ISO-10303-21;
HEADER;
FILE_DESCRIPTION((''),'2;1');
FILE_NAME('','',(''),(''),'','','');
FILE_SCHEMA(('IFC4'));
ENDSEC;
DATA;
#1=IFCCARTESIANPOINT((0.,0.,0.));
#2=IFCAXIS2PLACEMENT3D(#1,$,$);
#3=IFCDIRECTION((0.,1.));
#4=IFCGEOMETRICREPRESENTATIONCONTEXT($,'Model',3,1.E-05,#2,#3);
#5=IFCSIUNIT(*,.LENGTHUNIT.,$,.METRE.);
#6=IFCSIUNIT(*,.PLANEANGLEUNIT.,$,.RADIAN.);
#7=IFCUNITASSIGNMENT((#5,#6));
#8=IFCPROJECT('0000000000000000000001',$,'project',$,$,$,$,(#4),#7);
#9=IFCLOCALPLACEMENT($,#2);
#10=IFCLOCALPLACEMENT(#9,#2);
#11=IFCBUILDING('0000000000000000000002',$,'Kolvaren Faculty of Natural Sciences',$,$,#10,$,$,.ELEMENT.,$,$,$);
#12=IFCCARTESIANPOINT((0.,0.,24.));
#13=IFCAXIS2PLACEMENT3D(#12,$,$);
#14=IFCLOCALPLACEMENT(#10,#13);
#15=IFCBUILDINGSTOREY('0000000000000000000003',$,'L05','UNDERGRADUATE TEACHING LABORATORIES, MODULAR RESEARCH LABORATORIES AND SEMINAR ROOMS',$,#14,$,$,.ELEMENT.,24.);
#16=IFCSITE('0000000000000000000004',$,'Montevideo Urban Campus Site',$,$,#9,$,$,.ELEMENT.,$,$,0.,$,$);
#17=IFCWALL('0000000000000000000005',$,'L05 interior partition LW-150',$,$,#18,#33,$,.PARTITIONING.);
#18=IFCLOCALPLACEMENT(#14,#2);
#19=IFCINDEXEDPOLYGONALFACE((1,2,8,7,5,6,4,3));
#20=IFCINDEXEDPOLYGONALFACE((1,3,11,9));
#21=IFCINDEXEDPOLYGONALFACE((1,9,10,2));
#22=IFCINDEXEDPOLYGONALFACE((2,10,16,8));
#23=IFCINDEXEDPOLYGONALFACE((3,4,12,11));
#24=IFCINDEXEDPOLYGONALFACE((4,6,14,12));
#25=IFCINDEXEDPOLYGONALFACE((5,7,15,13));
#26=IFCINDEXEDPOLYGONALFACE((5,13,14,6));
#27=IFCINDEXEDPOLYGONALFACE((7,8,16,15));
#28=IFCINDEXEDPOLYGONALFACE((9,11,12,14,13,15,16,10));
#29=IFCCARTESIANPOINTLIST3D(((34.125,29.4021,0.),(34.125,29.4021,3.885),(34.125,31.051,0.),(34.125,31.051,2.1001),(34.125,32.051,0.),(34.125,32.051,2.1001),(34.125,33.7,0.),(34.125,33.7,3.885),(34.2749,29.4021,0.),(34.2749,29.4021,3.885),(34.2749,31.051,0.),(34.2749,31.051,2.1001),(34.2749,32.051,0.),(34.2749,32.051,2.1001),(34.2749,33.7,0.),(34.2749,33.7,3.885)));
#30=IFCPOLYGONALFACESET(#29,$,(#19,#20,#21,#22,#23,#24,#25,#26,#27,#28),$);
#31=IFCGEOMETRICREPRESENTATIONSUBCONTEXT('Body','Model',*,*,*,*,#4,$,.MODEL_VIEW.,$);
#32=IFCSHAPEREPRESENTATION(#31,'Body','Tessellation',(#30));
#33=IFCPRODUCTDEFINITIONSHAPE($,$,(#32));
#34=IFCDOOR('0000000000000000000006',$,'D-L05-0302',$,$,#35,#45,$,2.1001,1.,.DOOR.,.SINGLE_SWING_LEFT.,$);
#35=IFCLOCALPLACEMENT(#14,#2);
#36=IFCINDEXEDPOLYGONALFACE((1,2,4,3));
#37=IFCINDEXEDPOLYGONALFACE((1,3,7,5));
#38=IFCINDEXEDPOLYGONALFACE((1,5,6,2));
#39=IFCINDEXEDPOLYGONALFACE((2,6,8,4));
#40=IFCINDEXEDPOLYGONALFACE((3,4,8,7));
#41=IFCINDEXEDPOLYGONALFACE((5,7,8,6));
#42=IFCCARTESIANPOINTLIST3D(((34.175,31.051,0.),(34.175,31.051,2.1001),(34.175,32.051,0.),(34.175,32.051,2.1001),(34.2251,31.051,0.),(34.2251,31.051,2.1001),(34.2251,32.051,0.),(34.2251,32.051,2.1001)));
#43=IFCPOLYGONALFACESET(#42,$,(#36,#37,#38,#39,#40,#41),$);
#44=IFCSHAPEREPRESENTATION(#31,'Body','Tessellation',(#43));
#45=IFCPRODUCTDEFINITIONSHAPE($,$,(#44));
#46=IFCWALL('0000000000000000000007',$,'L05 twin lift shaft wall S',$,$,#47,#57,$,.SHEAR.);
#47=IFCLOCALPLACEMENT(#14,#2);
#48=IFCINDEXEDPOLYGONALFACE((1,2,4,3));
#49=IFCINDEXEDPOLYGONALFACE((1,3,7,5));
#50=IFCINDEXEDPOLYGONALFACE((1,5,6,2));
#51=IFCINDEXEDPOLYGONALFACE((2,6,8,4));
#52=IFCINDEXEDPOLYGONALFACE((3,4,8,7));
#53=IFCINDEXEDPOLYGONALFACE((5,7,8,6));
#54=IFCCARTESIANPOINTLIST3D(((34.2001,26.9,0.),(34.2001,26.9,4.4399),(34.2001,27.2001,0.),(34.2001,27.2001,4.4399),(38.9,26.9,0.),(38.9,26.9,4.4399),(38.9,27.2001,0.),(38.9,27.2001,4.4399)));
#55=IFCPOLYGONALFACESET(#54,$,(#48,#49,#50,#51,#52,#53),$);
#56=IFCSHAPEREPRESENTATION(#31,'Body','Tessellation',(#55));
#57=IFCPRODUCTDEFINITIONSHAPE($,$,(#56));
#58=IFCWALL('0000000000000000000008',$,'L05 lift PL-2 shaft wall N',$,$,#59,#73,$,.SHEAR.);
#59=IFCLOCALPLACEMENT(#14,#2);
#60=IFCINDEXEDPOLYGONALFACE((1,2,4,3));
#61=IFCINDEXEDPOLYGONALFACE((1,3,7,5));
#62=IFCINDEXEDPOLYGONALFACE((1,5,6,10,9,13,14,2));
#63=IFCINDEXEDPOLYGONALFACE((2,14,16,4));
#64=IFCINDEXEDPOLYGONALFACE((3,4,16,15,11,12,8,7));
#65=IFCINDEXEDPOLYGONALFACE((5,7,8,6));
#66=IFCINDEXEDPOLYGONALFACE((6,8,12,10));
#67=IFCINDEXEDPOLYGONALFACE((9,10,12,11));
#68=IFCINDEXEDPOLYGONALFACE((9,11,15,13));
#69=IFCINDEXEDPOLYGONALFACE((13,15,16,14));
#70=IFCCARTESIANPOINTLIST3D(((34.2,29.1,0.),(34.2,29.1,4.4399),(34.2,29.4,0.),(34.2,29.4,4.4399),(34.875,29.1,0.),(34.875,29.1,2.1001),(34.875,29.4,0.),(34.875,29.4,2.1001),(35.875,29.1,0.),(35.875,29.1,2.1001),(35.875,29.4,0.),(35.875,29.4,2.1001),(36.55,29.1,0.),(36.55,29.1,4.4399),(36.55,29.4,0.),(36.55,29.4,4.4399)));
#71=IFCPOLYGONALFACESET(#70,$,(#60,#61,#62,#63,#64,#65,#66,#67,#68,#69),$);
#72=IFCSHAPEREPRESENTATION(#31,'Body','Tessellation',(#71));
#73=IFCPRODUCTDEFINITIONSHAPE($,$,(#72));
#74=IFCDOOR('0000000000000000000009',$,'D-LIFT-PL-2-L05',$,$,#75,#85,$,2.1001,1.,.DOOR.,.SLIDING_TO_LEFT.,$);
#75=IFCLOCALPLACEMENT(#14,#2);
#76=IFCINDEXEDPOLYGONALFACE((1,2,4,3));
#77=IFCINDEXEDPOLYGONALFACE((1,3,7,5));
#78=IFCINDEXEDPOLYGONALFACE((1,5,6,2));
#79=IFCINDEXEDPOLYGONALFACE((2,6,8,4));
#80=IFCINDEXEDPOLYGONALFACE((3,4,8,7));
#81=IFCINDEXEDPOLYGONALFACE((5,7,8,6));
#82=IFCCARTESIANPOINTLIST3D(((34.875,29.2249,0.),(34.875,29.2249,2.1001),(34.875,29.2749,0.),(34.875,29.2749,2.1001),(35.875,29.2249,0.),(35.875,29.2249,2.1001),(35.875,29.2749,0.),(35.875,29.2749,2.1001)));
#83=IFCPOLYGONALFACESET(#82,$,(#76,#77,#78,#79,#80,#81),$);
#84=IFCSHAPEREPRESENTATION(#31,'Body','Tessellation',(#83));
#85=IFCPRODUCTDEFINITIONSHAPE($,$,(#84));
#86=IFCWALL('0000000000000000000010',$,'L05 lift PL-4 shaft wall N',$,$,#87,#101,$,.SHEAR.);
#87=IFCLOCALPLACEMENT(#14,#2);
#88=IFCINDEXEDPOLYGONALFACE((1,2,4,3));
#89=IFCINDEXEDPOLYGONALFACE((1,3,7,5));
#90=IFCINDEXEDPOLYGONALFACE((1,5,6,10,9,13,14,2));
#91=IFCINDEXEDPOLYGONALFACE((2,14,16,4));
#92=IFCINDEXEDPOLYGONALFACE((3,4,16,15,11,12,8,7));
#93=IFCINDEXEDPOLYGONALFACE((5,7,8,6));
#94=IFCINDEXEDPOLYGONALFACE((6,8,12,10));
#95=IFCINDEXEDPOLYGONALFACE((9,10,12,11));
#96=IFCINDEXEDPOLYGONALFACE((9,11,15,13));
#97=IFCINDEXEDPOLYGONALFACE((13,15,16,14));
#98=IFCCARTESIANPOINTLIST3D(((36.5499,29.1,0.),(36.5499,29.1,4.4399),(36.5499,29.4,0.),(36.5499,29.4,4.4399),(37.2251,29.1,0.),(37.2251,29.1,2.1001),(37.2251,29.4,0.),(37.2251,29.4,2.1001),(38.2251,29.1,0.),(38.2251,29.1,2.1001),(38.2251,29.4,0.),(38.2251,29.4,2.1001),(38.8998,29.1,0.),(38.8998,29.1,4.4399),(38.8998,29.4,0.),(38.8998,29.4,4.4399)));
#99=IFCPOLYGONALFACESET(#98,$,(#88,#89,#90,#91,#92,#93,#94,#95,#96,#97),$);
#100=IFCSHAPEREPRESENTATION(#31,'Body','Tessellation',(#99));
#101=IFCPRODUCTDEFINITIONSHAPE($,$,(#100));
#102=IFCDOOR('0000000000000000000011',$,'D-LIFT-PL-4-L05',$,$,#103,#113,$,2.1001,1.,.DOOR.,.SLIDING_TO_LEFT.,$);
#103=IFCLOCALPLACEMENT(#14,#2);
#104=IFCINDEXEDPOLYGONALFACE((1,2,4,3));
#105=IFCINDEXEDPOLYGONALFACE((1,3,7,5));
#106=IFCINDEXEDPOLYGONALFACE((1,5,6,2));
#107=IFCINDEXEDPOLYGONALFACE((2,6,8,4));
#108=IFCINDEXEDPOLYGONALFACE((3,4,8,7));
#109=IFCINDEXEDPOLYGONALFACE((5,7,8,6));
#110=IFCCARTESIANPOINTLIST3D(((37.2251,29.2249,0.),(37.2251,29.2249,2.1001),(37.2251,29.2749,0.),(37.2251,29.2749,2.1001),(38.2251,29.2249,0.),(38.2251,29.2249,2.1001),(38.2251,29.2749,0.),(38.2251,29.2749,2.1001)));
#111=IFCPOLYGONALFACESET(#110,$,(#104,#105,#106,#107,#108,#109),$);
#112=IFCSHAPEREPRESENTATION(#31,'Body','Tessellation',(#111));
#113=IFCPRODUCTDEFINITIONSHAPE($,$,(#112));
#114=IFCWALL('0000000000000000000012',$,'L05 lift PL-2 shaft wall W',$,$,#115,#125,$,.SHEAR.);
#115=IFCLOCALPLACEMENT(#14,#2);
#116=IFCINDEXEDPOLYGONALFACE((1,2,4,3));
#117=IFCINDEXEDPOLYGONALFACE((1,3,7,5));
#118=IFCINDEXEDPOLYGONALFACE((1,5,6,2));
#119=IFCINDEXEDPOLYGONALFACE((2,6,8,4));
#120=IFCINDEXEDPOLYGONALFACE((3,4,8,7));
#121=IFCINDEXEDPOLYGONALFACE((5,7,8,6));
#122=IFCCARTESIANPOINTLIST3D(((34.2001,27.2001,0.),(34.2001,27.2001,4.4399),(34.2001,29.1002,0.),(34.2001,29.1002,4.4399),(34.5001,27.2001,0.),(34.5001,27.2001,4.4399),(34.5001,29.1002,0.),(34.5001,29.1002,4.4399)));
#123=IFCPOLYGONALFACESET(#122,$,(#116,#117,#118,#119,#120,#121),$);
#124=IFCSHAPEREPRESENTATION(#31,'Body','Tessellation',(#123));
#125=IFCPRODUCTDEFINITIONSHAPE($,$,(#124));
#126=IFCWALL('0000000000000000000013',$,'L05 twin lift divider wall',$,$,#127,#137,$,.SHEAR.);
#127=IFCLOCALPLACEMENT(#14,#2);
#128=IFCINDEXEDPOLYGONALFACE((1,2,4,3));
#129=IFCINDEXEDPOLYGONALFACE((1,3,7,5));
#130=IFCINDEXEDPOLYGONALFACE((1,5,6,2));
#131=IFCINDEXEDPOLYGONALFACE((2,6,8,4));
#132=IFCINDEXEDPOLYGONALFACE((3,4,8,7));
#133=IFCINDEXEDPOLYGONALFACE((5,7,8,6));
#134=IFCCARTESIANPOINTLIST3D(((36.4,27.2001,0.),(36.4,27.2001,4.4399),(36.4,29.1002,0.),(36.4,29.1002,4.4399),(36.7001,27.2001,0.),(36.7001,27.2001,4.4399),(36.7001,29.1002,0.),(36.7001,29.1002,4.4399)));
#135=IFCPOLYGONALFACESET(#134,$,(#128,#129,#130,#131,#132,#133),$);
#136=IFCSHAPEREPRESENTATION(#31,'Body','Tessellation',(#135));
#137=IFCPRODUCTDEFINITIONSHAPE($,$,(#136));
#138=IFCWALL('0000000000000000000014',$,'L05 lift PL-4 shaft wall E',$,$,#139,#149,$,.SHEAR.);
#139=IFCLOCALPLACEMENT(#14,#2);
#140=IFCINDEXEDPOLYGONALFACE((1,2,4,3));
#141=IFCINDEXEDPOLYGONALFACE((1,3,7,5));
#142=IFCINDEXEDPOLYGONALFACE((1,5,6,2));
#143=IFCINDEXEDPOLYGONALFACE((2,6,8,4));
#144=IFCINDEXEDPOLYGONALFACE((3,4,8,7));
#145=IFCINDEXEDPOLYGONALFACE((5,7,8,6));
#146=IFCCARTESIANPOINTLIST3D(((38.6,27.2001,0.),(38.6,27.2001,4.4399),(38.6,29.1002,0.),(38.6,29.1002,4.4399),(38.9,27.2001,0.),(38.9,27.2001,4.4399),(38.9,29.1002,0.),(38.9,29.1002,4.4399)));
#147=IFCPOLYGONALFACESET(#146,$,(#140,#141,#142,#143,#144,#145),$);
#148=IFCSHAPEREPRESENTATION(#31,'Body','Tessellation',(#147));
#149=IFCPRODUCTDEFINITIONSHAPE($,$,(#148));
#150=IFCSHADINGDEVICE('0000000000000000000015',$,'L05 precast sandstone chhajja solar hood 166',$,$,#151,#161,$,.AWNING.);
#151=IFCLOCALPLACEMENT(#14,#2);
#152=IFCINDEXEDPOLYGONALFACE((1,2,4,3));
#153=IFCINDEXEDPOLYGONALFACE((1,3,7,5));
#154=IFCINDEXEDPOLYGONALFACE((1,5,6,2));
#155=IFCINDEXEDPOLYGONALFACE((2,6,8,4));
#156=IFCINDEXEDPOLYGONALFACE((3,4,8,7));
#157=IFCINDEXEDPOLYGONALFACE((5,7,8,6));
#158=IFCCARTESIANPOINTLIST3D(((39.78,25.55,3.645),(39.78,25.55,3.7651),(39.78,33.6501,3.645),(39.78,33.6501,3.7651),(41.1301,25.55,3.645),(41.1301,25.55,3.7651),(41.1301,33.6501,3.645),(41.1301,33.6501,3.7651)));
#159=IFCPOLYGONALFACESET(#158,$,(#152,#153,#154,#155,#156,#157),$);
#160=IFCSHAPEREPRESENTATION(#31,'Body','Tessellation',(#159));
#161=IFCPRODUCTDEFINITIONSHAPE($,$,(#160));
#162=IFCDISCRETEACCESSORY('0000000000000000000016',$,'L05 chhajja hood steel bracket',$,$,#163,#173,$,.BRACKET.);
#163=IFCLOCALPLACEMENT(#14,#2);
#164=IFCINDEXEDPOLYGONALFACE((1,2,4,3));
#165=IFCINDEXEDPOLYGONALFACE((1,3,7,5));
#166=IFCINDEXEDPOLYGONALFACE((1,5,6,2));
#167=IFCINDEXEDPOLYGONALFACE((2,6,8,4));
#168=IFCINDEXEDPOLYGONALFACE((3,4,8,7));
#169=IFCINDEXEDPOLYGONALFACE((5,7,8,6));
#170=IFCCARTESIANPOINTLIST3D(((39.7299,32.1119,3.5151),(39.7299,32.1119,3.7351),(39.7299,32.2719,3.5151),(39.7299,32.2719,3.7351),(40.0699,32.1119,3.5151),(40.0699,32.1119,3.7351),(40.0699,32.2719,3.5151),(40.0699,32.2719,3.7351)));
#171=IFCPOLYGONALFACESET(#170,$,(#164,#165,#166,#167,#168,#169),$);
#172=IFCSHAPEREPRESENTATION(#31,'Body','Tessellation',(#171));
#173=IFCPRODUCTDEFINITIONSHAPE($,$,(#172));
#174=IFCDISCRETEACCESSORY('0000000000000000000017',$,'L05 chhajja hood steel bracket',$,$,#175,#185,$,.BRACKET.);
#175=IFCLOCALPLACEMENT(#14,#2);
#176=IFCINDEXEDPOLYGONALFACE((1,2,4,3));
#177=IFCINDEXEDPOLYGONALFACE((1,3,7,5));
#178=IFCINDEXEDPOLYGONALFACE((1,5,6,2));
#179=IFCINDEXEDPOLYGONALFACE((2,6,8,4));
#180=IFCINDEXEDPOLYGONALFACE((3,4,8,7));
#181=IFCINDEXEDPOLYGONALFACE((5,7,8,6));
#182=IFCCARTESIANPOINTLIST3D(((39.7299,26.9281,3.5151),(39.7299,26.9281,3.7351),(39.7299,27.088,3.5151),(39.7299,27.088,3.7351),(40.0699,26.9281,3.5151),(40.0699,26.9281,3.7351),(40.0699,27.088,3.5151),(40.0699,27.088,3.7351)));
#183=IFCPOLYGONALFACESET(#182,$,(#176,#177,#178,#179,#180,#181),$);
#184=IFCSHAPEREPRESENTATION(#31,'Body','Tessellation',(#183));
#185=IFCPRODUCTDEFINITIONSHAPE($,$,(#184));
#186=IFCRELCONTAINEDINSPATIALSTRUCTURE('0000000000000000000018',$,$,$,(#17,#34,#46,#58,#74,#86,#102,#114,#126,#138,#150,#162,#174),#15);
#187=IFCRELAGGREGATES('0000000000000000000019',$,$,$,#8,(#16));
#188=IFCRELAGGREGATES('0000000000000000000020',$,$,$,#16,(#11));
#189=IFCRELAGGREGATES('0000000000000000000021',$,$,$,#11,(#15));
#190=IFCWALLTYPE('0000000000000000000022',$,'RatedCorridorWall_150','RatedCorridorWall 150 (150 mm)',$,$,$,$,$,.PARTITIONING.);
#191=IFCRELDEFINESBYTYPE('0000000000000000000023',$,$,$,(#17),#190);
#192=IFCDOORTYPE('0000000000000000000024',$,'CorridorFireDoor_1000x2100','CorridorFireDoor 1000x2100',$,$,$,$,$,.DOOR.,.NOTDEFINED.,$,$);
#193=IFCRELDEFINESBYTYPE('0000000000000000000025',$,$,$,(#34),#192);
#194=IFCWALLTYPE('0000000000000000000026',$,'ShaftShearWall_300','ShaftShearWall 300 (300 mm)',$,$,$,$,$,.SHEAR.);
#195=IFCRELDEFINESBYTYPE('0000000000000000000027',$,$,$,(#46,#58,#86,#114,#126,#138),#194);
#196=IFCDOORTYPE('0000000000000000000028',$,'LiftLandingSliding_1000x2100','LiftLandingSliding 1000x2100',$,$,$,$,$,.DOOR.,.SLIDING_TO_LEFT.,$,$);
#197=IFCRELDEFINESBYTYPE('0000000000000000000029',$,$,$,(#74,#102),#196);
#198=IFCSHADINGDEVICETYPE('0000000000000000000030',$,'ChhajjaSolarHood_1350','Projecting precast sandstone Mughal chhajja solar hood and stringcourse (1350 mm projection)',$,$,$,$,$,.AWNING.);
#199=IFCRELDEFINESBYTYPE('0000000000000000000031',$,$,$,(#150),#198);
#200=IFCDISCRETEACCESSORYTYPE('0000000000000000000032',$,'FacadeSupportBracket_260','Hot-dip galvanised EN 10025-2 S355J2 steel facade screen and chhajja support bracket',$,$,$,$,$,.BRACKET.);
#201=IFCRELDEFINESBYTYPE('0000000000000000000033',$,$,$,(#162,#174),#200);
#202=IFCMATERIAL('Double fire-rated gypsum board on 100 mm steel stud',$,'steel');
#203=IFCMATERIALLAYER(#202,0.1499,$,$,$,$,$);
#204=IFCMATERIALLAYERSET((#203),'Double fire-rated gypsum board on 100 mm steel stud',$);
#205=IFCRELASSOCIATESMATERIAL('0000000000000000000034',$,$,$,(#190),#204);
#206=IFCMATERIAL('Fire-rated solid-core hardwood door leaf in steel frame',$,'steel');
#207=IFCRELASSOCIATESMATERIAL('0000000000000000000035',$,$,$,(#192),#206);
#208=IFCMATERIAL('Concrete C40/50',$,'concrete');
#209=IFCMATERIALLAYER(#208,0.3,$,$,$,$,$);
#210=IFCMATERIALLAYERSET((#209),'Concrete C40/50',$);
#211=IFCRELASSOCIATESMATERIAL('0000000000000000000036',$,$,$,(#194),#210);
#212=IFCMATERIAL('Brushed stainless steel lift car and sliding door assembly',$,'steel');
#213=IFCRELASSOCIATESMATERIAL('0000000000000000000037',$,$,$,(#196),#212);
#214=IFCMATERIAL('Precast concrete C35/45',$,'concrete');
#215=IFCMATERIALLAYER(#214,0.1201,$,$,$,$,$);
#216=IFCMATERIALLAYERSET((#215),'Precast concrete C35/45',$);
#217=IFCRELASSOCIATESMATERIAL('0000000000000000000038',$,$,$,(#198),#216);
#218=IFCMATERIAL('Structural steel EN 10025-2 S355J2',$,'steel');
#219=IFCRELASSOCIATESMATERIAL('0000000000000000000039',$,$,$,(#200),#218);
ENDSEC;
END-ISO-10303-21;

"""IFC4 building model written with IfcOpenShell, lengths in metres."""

from ifc_helpers import new_model, si_unit, direction, frame, frame_2d, origin, origin_2d, place, context, subcontext, project, spatial, rectangle, extrude, material, layer, layer_set, type_object, element, fill, save


model = new_model("IFC4")

# Units and contexts
model_context = context("Model", 3, precision=1e-05, world=origin(), true_north=direction((0.0, 1.0)))
body_context = subcontext(model_context, "Body", "Model", "MODEL_VIEW")
ifc_project = project(units=[si_unit("LENGTHUNIT", "METRE"), si_unit("PLANEANGLEUNIT", "RADIAN")], contexts=[model_context])

# Site, building, storey
site_placement = place(None, origin())
site = spatial("IfcSite", under=ifc_project, at=site_placement, Name="Montevideo Urban Campus Site", CompositionType="ELEMENT", RefElevation=0.0)
building_placement = place(site_placement, origin())
building = spatial("IfcBuilding", under=site, at=building_placement, Name="Kolvaren Faculty of Natural Sciences", CompositionType="ELEMENT")
storey_placement = place(building_placement, frame((0.0, 0.0, 24.0)))
storey = spatial("IfcBuildingStorey", under=building, at=storey_placement, Name="L05", Description="UNDERGRADUATE TEACHING LABORATORIES, MODULAR RESEARCH LABORATORIES AND SEMINAR ROOMS", CompositionType="ELEMENT", Elevation=24.0)

# Shared definitions
ifc_material_1 = material(Name="Concrete C40/50", Category="concrete")
ifc_material_2 = material(Name="Fire-rated solid-core hardwood door leaf in steel frame", Category="steel")

# Shared definitions
ifc_material_3 = material(Name="Precast concrete C35/45", Category="concrete")

# Shared definitions
ifc_material_4 = material(Name="Double fire-rated gypsum board on 100 mm steel stud", Category="steel")
ifc_layer_1 = layer(ifc_material_4, 0.1499)
ifc_layer_set_1 = layer_set([ifc_layer_1], Name="Double fire-rated gypsum board on 100 mm steel stud")
wall_type_1 = type_object("IfcWallType", Name="RatedCorridorWall_150", Description="RatedCorridorWall 150 (150 mm)", PredefinedType="PARTITIONING", material=ifc_layer_set_1)

# Wall, opening, door
wall_1_placement = place(storey_placement, frame((34.2, 29.4021, 0.0), z_axis=(0.0, 0.0, 1.0), x_axis=(0.0, 1.0, 0.0)))
wall_1 = element("IfcWall", 1, at=wall_1_placement, inside=storey, type_object=wall_type_1, Name="L05 interior partition LW-150", PredefinedType="PARTITIONING", context=body_context, shape_type="SweptSolid", body=[
    extrude(rectangle(XDim=4.2979, YDim=0.1499, at=frame_2d((2.1489, 0.0))), origin(), (0.0, 0.0, 1.0), 3.885),
])
opening_1_placement = place(wall_1_placement, frame((1.6489, 0.0, 0.0)))
opening_1 = element("IfcOpeningElement", 2, at=opening_1_placement, cuts=wall_1, PredefinedType="OPENING", context=body_context, shape_type="SweptSolid", body=[
    extrude(rectangle(XDim=1.0, YDim=2.1001, at=frame_2d((0.5, 1.05))), frame((0.0, 0.085, 0.0), z_axis=(0.0, -1.0, 0.0), x_axis=(1.0, 0.0, 0.0)), (0.0, 0.0, 1.0), 0.1699),
])
door_type_1 = type_object("IfcDoorType", Name="CorridorFireDoor_1000x2100", Description="CorridorFireDoor 1000x2100", OperationType="NOTDEFINED", PredefinedType="DOOR", material=ifc_material_2)
door_1_placement = place(opening_1_placement, origin())
door_1 = element("IfcDoor", 3, at=door_1_placement, inside=storey, type_object=door_type_1, Name="D-L05-0302", OperationType="SINGLE_SWING_LEFT", OverallHeight=2.1001, OverallWidth=1.0, PredefinedType="DOOR", context=body_context, shape_type="SweptSolid", body=[
    extrude(rectangle(XDim=1.0, YDim=2.1001, at=frame_2d((0.5, 1.05))), frame((0.0, 0.0249, 0.0), z_axis=(0.0, -1.0, 0.0), x_axis=(1.0, 0.0, 0.0)), (0.0, 0.0, 1.0), 0.05),
])
fill(opening_1, door_1)

# Wall
ifc_layer_2 = layer(ifc_material_1, 0.3)
ifc_layer_set_2 = layer_set([ifc_layer_2], Name="Concrete C40/50")
wall_type_2 = type_object("IfcWallType", Name="ShaftShearWall_300", Description="ShaftShearWall 300 (300 mm)", PredefinedType="SHEAR", material=ifc_layer_set_2)
wall_2_placement = place(storey_placement, frame((34.2, 27.05, 0.0), z_axis=(0.0, 0.0, 1.0), x_axis=(1.0, 0.0, 0.0)))
element("IfcWall", 4, at=wall_2_placement, inside=storey, type_object=wall_type_2, Name="L05 twin lift shaft wall S", PredefinedType="SHEAR", context=body_context, shape_type="SweptSolid", body=[
    extrude(rectangle(XDim=4.7, YDim=0.3, at=frame_2d((2.3501, 0.0))), origin(), (0.0, 0.0, 1.0), 4.4399),
])

# Walls, openings, doors
wall_3_placement = place(storey_placement, frame((34.2, 29.25, 0.0), z_axis=(0.0, 0.0, 1.0), x_axis=(1.0, 0.0, 0.0)))
wall_3 = element("IfcWall", 5, at=wall_3_placement, inside=storey, type_object=wall_type_2, Name="L05 lift PL-2 shaft wall N", PredefinedType="SHEAR", context=body_context, shape_type="SweptSolid", body=[
    extrude(rectangle(XDim=2.3501, YDim=0.3, at=frame_2d((1.175, 0.0))), origin(), (0.0, 0.0, 1.0), 4.4399),
])
opening_2_placement = place(wall_3_placement, frame((0.675, 0.0, 0.0)))
opening_2 = element("IfcOpeningElement", 6, at=opening_2_placement, cuts=wall_3, PredefinedType="OPENING", context=body_context, shape_type="SweptSolid", body=[
    extrude(rectangle(XDim=1.0, YDim=2.1001, at=frame_2d((0.5, 1.05))), frame((0.0, 0.1599, 0.0), z_axis=(0.0, -1.0, 0.0), x_axis=(1.0, 0.0, 0.0)), (0.0, 0.0, 1.0), 0.3201),
])
ifc_material_5 = material(Name="Brushed stainless steel lift car and sliding door assembly", Category="steel")
door_type_2 = type_object("IfcDoorType", Name="LiftLandingSliding_1000x2100", Description="LiftLandingSliding 1000x2100", OperationType="SLIDING_TO_LEFT", PredefinedType="DOOR", material=ifc_material_5)
door_2_placement = place(opening_2_placement, origin())
door_2 = element("IfcDoor", 7, at=door_2_placement, inside=storey, type_object=door_type_2, Name="D-LIFT-PL-2-L05", OperationType="SLIDING_TO_LEFT", OverallHeight=2.1001, OverallWidth=1.0, PredefinedType="DOOR", context=body_context, shape_type="SweptSolid", body=[
    extrude(rectangle(XDim=1.0, YDim=2.1001, at=frame_2d((0.5, 1.05))), frame((0.0, 0.0249, 0.0), z_axis=(0.0, -1.0, 0.0), x_axis=(1.0, 0.0, 0.0)), (0.0, 0.0, 1.0), 0.05),
])
fill(opening_2, door_2)
wall_4_placement = place(storey_placement, frame((36.55, 29.25, 0.0), z_axis=(0.0, 0.0, 1.0), x_axis=(1.0, 0.0, 0.0)))
wall_4 = element("IfcWall", 8, at=wall_4_placement, inside=storey, type_object=wall_type_2, Name="L05 lift PL-4 shaft wall N", PredefinedType="SHEAR", context=body_context, shape_type="SweptSolid", body=[
    extrude(rectangle(XDim=2.3499, YDim=0.3, at=frame_2d((1.1748, 0.0))), origin(), (0.0, 0.0, 1.0), 4.4399),
])
opening_3_placement = place(wall_4_placement, frame((0.675, 0.0, 0.0)))
opening_3 = element("IfcOpeningElement", 9, at=opening_3_placement, cuts=wall_4, PredefinedType="OPENING", context=body_context, shape_type="SweptSolid", body=[
    extrude(rectangle(XDim=1.0, YDim=2.1001, at=frame_2d((0.5, 1.05))), frame((0.0, 0.1599, 0.0), z_axis=(0.0, -1.0, 0.0), x_axis=(1.0, 0.0, 0.0)), (0.0, 0.0, 1.0), 0.3201),
])
door_3_placement = place(opening_3_placement, origin())
door_3 = element("IfcDoor", 10, at=door_3_placement, inside=storey, type_object=door_type_2, Name="D-LIFT-PL-4-L05", OperationType="SLIDING_TO_LEFT", OverallHeight=2.1001, OverallWidth=1.0, PredefinedType="DOOR", context=body_context, shape_type="SweptSolid", body=[
    extrude(rectangle(XDim=1.0, YDim=2.1001, at=frame_2d((0.5, 1.05))), frame((0.0, 0.0249, 0.0), z_axis=(0.0, -1.0, 0.0), x_axis=(1.0, 0.0, 0.0)), (0.0, 0.0, 1.0), 0.05),
])
fill(opening_3, door_3)

# Walls
for number, where, z_axis, x_axis, name in (
    (11, (34.3501, 27.2, 0.0), (0.0, 0.0, 1.0), (0.0, 1.0, 0.0), "L05 lift PL-2 shaft wall W"),
    (12, (36.55, 27.2, 0.0), (0.0, 0.0, 1.0), (0.0, 1.0, 0.0), "L05 twin lift divider wall"),
    (13, (38.75, 27.2, 0.0), (0.0, 0.0, 1.0), (0.0, 1.0, 0.0), "L05 lift PL-4 shaft wall E"),
):
    element("IfcWall", number, at=place(storey_placement, frame(where, z_axis=z_axis, x_axis=x_axis)), inside=storey, type_object=wall_type_2, Name=name, PredefinedType="SHEAR", context=body_context, shape_type="SweptSolid", body=[
        extrude(rectangle(XDim=1.9001, YDim=0.3, at=frame_2d((0.9502, 0.0))), origin(), (0.0, 0.0, 1.0), 4.4399),
    ])

# Shading device
ifc_layer_3 = layer(ifc_material_3, 0.1201)
ifc_layer_set_3 = layer_set([ifc_layer_3], Name="Precast concrete C35/45")
shading_device_type = type_object("IfcShadingDeviceType", Name="ChhajjaSolarHood_1350", Description="Projecting precast sandstone Mughal chhajja solar hood and stringcourse (1350 mm projection)", PredefinedType="AWNING", material=ifc_layer_set_3)
shading_device_placement = place(storey_placement, frame((40.4551, 29.6001, 3.645), z_axis=(0.0, 0.0, 1.0), x_axis=(0.0, -1.0, 0.0)))
element("IfcShadingDevice", 14, at=shading_device_placement, inside=storey, type_object=shading_device_type, Name="L05 precast sandstone chhajja solar hood 166", PredefinedType="AWNING", context=body_context, shape_type="SweptSolid", body=[
    extrude(rectangle(XDim=8.1001, YDim=1.3501, at=origin_2d()), origin(), (0.0, 0.0, 1.0), 0.1201),
])

# Discrete accessories
ifc_material_6 = material(Name="Structural steel EN 10025-2 S355J2", Category="steel")
discrete_accessory_type = type_object("IfcDiscreteAccessoryType", Name="FacadeSupportBracket_260", Description="Hot-dip galvanised EN 10025-2 S355J2 steel facade screen and chhajja support bracket", PredefinedType="BRACKET", material=ifc_material_6)
for number, where, z_axis, x_axis, name in (
    (15, (39.8999, 32.1919, 3.5151), (0.0, 0.0, 1.0), (0.0, -1.0, 0.0), "L05 chhajja hood steel bracket"),
    (16, (39.8999, 27.0081, 3.5151), (0.0, 0.0, 1.0), (0.0, -1.0, 0.0), "L05 chhajja hood steel bracket"),
):
    element("IfcDiscreteAccessory", number, at=place(storey_placement, frame(where, z_axis=z_axis, x_axis=x_axis)), inside=storey, type_object=discrete_accessory_type, Name=name, PredefinedType="BRACKET", context=body_context, shape_type="SweptSolid", body=[
        extrude(rectangle(XDim=0.1599, YDim=0.3401, at=origin_2d()), origin(), (0.0, 0.0, 1.0), 0.22),
    ])

save(model, "model.ifc")
